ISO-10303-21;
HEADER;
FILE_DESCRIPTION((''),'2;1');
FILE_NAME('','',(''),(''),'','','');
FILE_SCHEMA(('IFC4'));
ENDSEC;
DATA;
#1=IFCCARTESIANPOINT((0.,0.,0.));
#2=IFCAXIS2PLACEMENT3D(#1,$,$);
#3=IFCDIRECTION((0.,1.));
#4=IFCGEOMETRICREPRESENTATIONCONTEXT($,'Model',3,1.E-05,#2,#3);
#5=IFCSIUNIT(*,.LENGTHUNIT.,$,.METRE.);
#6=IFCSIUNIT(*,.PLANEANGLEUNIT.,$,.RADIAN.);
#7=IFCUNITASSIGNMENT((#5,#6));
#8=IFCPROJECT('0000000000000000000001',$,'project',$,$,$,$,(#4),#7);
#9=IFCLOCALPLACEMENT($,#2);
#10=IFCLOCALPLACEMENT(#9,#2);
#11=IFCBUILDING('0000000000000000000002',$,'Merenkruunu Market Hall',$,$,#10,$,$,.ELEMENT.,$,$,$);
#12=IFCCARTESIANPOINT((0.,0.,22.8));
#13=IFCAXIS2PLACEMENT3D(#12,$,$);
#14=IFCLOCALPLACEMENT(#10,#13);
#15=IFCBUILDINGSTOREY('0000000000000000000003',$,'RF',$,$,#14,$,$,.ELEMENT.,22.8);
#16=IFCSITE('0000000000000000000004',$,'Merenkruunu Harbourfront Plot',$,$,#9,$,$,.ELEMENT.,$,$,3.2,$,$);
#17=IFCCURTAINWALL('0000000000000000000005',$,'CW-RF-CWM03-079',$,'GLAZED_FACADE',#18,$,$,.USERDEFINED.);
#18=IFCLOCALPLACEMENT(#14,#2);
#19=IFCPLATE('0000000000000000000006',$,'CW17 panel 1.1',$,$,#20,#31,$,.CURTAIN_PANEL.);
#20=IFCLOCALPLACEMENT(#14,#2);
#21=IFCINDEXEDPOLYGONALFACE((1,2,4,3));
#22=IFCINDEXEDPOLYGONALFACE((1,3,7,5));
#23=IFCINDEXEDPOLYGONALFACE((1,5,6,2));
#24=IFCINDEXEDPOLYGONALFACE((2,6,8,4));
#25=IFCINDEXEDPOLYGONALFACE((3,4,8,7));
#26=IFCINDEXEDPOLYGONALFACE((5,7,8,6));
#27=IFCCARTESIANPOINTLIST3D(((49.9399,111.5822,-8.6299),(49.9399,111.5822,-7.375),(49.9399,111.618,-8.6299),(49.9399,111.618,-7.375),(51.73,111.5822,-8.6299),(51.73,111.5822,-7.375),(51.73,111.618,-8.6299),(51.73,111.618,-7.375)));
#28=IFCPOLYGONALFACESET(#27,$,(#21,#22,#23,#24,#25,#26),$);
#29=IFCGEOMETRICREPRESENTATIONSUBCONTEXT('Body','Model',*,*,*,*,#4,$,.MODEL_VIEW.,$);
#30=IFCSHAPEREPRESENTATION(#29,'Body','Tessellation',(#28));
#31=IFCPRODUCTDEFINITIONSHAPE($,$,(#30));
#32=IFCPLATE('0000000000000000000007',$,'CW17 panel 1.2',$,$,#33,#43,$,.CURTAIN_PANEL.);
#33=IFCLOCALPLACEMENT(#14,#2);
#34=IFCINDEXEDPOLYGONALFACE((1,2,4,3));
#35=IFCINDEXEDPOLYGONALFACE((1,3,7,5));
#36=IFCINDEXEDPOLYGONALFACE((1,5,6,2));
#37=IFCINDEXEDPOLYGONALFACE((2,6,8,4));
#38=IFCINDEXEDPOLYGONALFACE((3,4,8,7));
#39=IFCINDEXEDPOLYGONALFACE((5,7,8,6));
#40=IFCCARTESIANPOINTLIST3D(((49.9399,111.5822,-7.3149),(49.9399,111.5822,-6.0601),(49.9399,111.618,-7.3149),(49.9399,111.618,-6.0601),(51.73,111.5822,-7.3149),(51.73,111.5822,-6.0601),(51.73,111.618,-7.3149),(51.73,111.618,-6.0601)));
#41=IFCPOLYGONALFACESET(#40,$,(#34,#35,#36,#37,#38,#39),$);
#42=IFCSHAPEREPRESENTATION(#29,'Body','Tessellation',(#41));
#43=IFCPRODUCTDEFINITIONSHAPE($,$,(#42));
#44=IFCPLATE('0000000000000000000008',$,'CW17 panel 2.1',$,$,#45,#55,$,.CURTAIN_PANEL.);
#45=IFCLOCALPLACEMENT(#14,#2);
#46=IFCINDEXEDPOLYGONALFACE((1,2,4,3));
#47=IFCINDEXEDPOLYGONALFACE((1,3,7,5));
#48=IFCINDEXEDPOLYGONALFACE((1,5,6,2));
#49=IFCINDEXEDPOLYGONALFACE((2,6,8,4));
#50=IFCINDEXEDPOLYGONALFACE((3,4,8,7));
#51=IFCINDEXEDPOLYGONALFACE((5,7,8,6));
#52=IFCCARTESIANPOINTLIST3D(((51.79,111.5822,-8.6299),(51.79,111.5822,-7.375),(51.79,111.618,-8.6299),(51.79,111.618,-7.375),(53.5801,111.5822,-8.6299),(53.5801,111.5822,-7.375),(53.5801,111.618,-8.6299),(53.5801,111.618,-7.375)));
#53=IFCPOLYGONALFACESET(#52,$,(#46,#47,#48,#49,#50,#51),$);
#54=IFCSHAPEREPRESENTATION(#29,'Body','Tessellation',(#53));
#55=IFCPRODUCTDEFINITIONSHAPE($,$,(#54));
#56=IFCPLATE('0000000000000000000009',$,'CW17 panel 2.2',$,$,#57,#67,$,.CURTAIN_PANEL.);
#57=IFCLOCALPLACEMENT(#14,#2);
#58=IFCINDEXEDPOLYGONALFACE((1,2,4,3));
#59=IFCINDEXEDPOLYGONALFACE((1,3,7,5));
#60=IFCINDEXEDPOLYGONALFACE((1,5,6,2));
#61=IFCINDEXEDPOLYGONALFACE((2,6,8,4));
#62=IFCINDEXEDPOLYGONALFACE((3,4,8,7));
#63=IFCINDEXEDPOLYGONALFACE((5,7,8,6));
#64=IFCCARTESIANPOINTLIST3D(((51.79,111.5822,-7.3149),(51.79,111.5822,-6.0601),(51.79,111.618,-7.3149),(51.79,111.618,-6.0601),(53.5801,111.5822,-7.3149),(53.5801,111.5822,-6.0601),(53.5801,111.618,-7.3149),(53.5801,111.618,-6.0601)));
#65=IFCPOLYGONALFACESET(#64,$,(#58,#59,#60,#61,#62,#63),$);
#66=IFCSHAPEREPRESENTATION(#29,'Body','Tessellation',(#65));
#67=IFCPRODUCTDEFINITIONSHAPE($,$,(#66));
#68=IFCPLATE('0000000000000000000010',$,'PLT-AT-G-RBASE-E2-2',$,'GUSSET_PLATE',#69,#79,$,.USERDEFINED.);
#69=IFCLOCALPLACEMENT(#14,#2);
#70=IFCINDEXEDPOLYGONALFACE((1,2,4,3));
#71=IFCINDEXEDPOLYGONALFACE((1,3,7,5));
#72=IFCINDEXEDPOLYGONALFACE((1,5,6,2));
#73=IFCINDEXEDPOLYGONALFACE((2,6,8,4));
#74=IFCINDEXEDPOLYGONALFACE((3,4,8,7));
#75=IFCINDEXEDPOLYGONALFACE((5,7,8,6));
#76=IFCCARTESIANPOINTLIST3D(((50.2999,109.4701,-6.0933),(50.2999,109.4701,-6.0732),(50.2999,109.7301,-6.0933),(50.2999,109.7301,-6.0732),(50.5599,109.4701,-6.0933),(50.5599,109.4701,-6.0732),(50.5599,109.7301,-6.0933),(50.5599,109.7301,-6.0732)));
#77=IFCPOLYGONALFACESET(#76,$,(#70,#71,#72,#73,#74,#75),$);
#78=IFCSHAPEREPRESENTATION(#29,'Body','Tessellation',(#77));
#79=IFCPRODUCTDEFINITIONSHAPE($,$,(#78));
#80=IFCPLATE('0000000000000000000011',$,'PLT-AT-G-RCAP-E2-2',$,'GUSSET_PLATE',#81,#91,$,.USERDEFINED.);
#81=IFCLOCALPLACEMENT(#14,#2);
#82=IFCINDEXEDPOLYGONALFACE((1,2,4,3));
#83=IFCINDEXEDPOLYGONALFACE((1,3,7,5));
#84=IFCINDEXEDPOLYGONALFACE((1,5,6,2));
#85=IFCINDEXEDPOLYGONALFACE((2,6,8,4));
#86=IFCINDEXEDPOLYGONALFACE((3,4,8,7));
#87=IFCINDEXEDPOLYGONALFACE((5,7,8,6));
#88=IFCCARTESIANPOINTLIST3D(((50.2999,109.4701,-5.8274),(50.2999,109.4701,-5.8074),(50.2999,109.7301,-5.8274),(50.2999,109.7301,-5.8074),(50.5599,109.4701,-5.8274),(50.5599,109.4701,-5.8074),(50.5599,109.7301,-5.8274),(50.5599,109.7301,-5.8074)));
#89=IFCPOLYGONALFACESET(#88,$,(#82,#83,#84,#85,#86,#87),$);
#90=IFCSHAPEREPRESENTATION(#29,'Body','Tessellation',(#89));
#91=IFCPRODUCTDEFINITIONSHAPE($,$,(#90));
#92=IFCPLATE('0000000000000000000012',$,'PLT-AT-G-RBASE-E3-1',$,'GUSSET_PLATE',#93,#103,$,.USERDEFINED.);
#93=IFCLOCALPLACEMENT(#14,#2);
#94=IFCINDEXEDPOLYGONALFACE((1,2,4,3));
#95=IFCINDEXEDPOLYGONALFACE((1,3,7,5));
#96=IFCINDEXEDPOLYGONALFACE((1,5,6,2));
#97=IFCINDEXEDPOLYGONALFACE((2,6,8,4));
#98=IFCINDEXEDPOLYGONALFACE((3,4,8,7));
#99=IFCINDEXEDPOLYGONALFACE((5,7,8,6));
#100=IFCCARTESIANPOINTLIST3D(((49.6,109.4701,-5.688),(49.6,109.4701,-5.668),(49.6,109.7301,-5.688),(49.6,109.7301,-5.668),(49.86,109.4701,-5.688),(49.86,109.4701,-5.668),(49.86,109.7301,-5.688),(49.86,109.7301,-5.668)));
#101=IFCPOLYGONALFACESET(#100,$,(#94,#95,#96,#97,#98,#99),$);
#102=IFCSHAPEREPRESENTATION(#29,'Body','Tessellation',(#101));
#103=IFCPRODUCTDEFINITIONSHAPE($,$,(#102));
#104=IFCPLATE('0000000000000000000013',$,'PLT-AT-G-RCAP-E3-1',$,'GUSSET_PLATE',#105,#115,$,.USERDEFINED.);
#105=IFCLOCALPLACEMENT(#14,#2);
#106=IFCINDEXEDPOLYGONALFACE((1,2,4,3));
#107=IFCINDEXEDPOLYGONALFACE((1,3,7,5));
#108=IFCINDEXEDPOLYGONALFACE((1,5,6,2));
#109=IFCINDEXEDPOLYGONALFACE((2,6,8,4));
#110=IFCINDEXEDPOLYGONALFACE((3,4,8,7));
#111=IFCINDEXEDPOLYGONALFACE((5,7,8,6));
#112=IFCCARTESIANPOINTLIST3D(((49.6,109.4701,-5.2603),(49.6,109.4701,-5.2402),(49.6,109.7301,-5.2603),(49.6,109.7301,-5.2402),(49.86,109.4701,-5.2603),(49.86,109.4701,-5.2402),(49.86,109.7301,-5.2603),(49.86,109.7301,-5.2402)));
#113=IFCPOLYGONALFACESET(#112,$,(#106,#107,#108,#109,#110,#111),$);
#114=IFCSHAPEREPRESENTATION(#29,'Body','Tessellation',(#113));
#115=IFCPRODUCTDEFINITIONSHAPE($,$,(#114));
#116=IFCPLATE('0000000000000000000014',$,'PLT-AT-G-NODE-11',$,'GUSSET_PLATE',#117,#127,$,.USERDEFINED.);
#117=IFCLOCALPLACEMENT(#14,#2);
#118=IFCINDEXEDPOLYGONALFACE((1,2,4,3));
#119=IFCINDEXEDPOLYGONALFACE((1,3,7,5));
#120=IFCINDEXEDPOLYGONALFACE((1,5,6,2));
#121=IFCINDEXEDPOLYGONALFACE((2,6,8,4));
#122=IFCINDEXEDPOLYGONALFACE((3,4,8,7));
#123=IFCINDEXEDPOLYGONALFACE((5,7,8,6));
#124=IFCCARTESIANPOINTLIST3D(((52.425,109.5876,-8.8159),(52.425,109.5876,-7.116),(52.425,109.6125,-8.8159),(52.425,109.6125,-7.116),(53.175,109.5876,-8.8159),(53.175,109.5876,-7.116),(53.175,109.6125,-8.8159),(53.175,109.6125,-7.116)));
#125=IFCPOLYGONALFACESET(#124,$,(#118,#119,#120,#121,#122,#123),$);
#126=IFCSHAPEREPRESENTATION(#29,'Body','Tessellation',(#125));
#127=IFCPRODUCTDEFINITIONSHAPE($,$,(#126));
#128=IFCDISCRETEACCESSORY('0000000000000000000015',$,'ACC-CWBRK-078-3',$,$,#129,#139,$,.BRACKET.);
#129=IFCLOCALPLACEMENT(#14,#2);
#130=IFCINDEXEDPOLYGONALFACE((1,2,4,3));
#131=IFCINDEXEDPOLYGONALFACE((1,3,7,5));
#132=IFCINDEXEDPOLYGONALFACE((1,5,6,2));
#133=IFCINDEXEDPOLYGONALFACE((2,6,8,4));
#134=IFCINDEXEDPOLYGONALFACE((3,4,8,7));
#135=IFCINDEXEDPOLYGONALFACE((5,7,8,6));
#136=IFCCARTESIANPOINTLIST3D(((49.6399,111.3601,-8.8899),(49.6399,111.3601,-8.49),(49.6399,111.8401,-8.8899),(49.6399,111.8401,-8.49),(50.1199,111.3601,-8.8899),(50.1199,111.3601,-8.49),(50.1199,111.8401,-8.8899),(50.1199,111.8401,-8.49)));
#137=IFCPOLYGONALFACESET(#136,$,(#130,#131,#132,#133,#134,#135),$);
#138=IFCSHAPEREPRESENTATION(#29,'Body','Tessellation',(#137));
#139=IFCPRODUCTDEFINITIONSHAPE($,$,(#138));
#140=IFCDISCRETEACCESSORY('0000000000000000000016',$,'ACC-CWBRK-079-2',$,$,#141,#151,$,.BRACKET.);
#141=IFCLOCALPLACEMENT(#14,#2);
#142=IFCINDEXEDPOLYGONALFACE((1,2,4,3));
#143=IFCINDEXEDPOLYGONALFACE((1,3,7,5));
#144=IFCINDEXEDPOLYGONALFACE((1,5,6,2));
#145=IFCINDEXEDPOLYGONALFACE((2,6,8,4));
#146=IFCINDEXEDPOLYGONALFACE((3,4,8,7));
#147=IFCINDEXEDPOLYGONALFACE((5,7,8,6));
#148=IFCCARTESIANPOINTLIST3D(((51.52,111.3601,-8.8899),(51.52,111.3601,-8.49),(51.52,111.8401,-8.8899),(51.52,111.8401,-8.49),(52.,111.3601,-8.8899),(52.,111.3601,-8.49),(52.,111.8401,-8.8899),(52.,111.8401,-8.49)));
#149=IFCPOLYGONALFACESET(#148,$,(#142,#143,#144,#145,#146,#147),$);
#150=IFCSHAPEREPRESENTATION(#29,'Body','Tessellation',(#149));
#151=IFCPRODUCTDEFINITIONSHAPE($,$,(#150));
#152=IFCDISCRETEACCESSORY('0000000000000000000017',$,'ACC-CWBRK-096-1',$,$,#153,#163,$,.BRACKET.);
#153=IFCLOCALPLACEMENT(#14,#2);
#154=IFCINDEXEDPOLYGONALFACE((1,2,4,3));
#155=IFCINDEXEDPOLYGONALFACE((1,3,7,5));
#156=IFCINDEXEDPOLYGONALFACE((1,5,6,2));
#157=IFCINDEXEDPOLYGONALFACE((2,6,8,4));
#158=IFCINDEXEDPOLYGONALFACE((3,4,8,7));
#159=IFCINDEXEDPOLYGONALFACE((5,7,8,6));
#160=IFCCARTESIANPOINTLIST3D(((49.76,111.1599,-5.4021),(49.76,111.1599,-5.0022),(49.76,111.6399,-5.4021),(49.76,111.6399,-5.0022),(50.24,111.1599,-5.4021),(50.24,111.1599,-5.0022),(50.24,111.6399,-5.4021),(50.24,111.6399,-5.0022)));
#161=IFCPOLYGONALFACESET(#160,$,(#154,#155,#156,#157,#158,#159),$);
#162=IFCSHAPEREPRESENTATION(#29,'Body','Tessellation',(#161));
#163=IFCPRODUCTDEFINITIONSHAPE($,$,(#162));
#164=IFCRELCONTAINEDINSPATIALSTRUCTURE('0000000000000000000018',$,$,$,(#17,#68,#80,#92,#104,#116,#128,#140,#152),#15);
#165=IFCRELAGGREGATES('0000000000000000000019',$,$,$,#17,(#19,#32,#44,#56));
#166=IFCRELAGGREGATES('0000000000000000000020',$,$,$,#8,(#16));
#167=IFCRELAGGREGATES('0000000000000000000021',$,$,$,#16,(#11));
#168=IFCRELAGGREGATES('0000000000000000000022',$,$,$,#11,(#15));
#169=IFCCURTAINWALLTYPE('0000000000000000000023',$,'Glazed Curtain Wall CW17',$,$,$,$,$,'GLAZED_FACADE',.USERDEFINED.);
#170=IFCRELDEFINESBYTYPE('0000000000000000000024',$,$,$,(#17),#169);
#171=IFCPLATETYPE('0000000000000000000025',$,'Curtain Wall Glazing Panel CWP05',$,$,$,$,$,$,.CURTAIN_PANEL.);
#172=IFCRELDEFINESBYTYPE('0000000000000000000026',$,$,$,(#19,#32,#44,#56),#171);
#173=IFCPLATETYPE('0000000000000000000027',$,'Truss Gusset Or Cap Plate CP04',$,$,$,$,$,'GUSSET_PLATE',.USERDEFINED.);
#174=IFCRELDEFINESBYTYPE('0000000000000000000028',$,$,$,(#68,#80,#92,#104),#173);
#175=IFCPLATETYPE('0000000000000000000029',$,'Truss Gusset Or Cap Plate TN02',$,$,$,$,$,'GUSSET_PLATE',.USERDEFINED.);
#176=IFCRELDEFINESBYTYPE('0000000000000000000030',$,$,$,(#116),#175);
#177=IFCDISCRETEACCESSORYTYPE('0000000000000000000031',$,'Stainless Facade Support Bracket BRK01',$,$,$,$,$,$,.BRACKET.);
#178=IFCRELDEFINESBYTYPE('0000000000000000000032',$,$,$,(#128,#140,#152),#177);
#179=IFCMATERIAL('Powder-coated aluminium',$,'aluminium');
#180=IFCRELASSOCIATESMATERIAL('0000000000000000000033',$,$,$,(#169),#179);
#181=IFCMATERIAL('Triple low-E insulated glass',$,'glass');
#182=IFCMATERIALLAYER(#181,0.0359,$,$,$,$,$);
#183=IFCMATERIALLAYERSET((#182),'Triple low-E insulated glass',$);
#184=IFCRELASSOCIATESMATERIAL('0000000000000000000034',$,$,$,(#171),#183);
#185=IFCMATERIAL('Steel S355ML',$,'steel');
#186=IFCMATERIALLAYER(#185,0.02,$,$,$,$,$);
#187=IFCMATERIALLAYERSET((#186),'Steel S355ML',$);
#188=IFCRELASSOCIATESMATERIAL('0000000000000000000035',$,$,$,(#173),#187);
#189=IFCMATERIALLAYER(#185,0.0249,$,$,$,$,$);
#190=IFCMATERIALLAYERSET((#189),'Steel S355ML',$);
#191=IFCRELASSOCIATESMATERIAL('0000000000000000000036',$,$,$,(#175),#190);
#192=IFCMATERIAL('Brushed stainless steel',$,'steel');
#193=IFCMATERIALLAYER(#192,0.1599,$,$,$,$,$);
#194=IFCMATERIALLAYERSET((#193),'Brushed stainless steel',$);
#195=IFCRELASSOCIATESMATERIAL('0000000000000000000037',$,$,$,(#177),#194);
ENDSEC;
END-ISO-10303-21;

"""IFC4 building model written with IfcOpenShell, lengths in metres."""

from ifc_helpers import new_model, si_unit, direction, frame, origin, origin_2d, place, context, subcontext, project, spatial, rectangle, extrude, material, layer, layer_set, type_object, element, aggregate, save


model = new_model("IFC4")

# Units and contexts
model_context = context("Model", 3, precision=1e-05, world=origin(), true_north=direction((0.0, 1.0)))
body_context = subcontext(model_context, "Body", "Model", "MODEL_VIEW")
ifc_project = project(units=[si_unit("LENGTHUNIT", "METRE"), si_unit("PLANEANGLEUNIT", "RADIAN")], contexts=[model_context])

# Site, building, storey
site_placement = place(None, origin())
site = spatial("IfcSite", under=ifc_project, at=site_placement, Name="Merenkruunu Harbourfront Plot", CompositionType="ELEMENT", RefElevation=3.2)
building_placement = place(site_placement, origin())
building = spatial("IfcBuilding", under=site, at=building_placement, Name="Merenkruunu Market Hall", CompositionType="ELEMENT")
storey_placement = place(building_placement, frame((0.0, 0.0, 22.8)))
storey = spatial("IfcBuildingStorey", under=building, at=storey_placement, Name="RF", CompositionType="ELEMENT", Elevation=22.8)

# Shared definitions
ifc_material_1 = material(Name="Steel S355ML", Category="steel")

# Shared definitions
ifc_material_2 = material(Name="Powder-coated aluminium", Category="aluminium")
curtain_wall_type_1 = type_object("IfcCurtainWallType", Name="Glazed Curtain Wall CW17", ElementType="GLAZED_FACADE", PredefinedType="USERDEFINED", material=ifc_material_2)

# Curtain wall
curtain_wall_1_placement = place(storey_placement, origin())
curtain_wall_1 = element("IfcCurtainWall", 1, at=curtain_wall_1_placement, inside=storey, type_object=curtain_wall_type_1, Name="CW-RF-CWM03-079", ObjectType="GLAZED_FACADE", PredefinedType="USERDEFINED")

# Plates
ifc_material_3 = material(Name="Triple low-E insulated glass", Category="glass")
ifc_layer_1 = layer(ifc_material_3, 0.0359)
ifc_layer_set_1 = layer_set([ifc_layer_1], Name="Triple low-E insulated glass")
plate_type_1 = type_object("IfcPlateType", Name="Curtain Wall Glazing Panel CWP05", PredefinedType="CURTAIN_PANEL", material=ifc_layer_set_1)
plate_1_placement = place(storey_placement, frame((50.835, 111.6001, -8.6299), z_axis=(0.0, 0.0, 1.0), x_axis=(1.0, 0.0, 0.0)))
plate_1 = element("IfcPlate", 2, at=plate_1_placement, type_object=plate_type_1, Name="CW17 panel 1.1", PredefinedType="CURTAIN_PANEL", context=body_context, shape_type="SweptSolid", body=[
    extrude(rectangle(XDim=1.79, YDim=0.0359, at=origin_2d()), origin(), (0.0, 0.0, 1.0), 1.2549),
])
plate_2_placement = place(storey_placement, frame((50.835, 111.6001, -7.3149), z_axis=(0.0, 0.0, 1.0), x_axis=(1.0, 0.0, 0.0)))
plate_2 = element("IfcPlate", 3, at=plate_2_placement, type_object=plate_type_1, Name="CW17 panel 1.2", PredefinedType="CURTAIN_PANEL", context=body_context, shape_type="SweptSolid", body=[
    extrude(rectangle(XDim=1.79, YDim=0.0359, at=origin_2d()), origin(), (0.0, 0.0, 1.0), 1.2549),
])
plate_3_placement = place(storey_placement, frame((52.6851, 111.6001, -8.6299), z_axis=(0.0, 0.0, 1.0), x_axis=(1.0, 0.0, 0.0)))
plate_3 = element("IfcPlate", 4, at=plate_3_placement, type_object=plate_type_1, Name="CW17 panel 2.1", PredefinedType="CURTAIN_PANEL", context=body_context, shape_type="SweptSolid", body=[
    extrude(rectangle(XDim=1.79, YDim=0.0359, at=origin_2d()), origin(), (0.0, 0.0, 1.0), 1.2549),
])
plate_4_placement = place(storey_placement, frame((52.6851, 111.6001, -7.3149), z_axis=(0.0, 0.0, 1.0), x_axis=(1.0, 0.0, 0.0)))
plate_4 = element("IfcPlate", 5, at=plate_4_placement, type_object=plate_type_1, Name="CW17 panel 2.2", PredefinedType="CURTAIN_PANEL", context=body_context, shape_type="SweptSolid", body=[
    extrude(rectangle(XDim=1.79, YDim=0.0359, at=origin_2d()), origin(), (0.0, 0.0, 1.0), 1.2549),
])
aggregate(curtain_wall_1, [plate_1, plate_2, plate_3, plate_4])

# Plates
ifc_layer_2 = layer(ifc_material_1, 0.02)
ifc_layer_set_2 = layer_set([ifc_layer_2], Name="Steel S355ML")
plate_type_2 = type_object("IfcPlateType", Name="Truss Gusset Or Cap Plate CP04", ElementType="GUSSET_PLATE", PredefinedType="USERDEFINED", material=ifc_layer_set_2)
for number, where, z_axis, x_axis, name in (
    (6, (50.4299, 109.6001, -6.0933), (0.0, 0.0, 1.0), (1.0, 0.0, 0.0), "PLT-AT-G-RBASE-E2-2"),
    (7, (50.4299, 109.6001, -5.8274), (0.0, 0.0, 1.0), (1.0, 0.0, 0.0), "PLT-AT-G-RCAP-E2-2"),
    (8, (49.73, 109.6001, -5.688), (0.0, 0.0, 1.0), (1.0, 0.0, 0.0), "PLT-AT-G-RBASE-E3-1"),
    (9, (49.73, 109.6001, -5.2603), (0.0, 0.0, 1.0), (1.0, 0.0, 0.0), "PLT-AT-G-RCAP-E3-1"),
):
    element("IfcPlate", number, at=place(storey_placement, frame(where, z_axis=z_axis, x_axis=x_axis)), inside=storey, type_object=plate_type_2, Name=name, ObjectType="GUSSET_PLATE", PredefinedType="USERDEFINED", context=body_context, shape_type="SweptSolid", body=[
        extrude(rectangle(XDim=0.26, YDim=0.26, at=origin_2d()), origin(), (0.0, 0.0, 1.0), 0.02),
    ])
ifc_layer_3 = layer(ifc_material_1, 0.0249)
ifc_layer_set_3 = layer_set([ifc_layer_3], Name="Steel S355ML")
plate_type_3 = type_object("IfcPlateType", Name="Truss Gusset Or Cap Plate TN02", ElementType="GUSSET_PLATE", PredefinedType="USERDEFINED", material=ifc_layer_set_3)
plate_5_placement = place(storey_placement, frame((52.8, 109.6001, -8.8159), z_axis=(0.0, 0.0, 1.0), x_axis=(1.0, 0.0, 0.0)))
element("IfcPlate", 10, at=plate_5_placement, inside=storey, type_object=plate_type_3, Name="PLT-AT-G-NODE-11", ObjectType="GUSSET_PLATE", PredefinedType="USERDEFINED", context=body_context, shape_type="SweptSolid", body=[
    extrude(rectangle(XDim=0.75, YDim=0.0249, at=origin_2d()), origin(), (0.0, 0.0, 1.0), 1.7),
])

# Discrete accessories
ifc_material_4 = material(Name="Brushed stainless steel", Category="steel")
ifc_layer_4 = layer(ifc_material_4, 0.1599)
ifc_layer_set_4 = layer_set([ifc_layer_4], Name="Brushed stainless steel")
discrete_accessory_type = type_object("IfcDiscreteAccessoryType", Name="Stainless Facade Support Bracket BRK01", PredefinedType="BRACKET", material=ifc_layer_set_4)
for number, where, z_axis, x_axis, name in (
    (11, (49.8799, 111.6001, -8.8899), (0.0, 0.0, 1.0), (1.0, 0.0, 0.0), "ACC-CWBRK-078-3"),
    (12, (51.76, 111.6001, -8.8899), (0.0, 0.0, 1.0), (1.0, 0.0, 0.0), "ACC-CWBRK-079-2"),
    (13, (50.0, 111.3999, -5.4021), (0.0, 0.0, 1.0), (1.0, 0.0, 0.0), "ACC-CWBRK-096-1"),
):
    element("IfcDiscreteAccessory", number, at=place(storey_placement, frame(where, z_axis=z_axis, x_axis=x_axis)), inside=storey, type_object=discrete_accessory_type, Name=name, PredefinedType="BRACKET", context=body_context, shape_type="SweptSolid", body=[
        extrude(rectangle(XDim=0.48, YDim=0.48, at=origin_2d()), origin(), (0.0, 0.0, 1.0), 0.3999),
    ])

save(model, "model.ifc")
